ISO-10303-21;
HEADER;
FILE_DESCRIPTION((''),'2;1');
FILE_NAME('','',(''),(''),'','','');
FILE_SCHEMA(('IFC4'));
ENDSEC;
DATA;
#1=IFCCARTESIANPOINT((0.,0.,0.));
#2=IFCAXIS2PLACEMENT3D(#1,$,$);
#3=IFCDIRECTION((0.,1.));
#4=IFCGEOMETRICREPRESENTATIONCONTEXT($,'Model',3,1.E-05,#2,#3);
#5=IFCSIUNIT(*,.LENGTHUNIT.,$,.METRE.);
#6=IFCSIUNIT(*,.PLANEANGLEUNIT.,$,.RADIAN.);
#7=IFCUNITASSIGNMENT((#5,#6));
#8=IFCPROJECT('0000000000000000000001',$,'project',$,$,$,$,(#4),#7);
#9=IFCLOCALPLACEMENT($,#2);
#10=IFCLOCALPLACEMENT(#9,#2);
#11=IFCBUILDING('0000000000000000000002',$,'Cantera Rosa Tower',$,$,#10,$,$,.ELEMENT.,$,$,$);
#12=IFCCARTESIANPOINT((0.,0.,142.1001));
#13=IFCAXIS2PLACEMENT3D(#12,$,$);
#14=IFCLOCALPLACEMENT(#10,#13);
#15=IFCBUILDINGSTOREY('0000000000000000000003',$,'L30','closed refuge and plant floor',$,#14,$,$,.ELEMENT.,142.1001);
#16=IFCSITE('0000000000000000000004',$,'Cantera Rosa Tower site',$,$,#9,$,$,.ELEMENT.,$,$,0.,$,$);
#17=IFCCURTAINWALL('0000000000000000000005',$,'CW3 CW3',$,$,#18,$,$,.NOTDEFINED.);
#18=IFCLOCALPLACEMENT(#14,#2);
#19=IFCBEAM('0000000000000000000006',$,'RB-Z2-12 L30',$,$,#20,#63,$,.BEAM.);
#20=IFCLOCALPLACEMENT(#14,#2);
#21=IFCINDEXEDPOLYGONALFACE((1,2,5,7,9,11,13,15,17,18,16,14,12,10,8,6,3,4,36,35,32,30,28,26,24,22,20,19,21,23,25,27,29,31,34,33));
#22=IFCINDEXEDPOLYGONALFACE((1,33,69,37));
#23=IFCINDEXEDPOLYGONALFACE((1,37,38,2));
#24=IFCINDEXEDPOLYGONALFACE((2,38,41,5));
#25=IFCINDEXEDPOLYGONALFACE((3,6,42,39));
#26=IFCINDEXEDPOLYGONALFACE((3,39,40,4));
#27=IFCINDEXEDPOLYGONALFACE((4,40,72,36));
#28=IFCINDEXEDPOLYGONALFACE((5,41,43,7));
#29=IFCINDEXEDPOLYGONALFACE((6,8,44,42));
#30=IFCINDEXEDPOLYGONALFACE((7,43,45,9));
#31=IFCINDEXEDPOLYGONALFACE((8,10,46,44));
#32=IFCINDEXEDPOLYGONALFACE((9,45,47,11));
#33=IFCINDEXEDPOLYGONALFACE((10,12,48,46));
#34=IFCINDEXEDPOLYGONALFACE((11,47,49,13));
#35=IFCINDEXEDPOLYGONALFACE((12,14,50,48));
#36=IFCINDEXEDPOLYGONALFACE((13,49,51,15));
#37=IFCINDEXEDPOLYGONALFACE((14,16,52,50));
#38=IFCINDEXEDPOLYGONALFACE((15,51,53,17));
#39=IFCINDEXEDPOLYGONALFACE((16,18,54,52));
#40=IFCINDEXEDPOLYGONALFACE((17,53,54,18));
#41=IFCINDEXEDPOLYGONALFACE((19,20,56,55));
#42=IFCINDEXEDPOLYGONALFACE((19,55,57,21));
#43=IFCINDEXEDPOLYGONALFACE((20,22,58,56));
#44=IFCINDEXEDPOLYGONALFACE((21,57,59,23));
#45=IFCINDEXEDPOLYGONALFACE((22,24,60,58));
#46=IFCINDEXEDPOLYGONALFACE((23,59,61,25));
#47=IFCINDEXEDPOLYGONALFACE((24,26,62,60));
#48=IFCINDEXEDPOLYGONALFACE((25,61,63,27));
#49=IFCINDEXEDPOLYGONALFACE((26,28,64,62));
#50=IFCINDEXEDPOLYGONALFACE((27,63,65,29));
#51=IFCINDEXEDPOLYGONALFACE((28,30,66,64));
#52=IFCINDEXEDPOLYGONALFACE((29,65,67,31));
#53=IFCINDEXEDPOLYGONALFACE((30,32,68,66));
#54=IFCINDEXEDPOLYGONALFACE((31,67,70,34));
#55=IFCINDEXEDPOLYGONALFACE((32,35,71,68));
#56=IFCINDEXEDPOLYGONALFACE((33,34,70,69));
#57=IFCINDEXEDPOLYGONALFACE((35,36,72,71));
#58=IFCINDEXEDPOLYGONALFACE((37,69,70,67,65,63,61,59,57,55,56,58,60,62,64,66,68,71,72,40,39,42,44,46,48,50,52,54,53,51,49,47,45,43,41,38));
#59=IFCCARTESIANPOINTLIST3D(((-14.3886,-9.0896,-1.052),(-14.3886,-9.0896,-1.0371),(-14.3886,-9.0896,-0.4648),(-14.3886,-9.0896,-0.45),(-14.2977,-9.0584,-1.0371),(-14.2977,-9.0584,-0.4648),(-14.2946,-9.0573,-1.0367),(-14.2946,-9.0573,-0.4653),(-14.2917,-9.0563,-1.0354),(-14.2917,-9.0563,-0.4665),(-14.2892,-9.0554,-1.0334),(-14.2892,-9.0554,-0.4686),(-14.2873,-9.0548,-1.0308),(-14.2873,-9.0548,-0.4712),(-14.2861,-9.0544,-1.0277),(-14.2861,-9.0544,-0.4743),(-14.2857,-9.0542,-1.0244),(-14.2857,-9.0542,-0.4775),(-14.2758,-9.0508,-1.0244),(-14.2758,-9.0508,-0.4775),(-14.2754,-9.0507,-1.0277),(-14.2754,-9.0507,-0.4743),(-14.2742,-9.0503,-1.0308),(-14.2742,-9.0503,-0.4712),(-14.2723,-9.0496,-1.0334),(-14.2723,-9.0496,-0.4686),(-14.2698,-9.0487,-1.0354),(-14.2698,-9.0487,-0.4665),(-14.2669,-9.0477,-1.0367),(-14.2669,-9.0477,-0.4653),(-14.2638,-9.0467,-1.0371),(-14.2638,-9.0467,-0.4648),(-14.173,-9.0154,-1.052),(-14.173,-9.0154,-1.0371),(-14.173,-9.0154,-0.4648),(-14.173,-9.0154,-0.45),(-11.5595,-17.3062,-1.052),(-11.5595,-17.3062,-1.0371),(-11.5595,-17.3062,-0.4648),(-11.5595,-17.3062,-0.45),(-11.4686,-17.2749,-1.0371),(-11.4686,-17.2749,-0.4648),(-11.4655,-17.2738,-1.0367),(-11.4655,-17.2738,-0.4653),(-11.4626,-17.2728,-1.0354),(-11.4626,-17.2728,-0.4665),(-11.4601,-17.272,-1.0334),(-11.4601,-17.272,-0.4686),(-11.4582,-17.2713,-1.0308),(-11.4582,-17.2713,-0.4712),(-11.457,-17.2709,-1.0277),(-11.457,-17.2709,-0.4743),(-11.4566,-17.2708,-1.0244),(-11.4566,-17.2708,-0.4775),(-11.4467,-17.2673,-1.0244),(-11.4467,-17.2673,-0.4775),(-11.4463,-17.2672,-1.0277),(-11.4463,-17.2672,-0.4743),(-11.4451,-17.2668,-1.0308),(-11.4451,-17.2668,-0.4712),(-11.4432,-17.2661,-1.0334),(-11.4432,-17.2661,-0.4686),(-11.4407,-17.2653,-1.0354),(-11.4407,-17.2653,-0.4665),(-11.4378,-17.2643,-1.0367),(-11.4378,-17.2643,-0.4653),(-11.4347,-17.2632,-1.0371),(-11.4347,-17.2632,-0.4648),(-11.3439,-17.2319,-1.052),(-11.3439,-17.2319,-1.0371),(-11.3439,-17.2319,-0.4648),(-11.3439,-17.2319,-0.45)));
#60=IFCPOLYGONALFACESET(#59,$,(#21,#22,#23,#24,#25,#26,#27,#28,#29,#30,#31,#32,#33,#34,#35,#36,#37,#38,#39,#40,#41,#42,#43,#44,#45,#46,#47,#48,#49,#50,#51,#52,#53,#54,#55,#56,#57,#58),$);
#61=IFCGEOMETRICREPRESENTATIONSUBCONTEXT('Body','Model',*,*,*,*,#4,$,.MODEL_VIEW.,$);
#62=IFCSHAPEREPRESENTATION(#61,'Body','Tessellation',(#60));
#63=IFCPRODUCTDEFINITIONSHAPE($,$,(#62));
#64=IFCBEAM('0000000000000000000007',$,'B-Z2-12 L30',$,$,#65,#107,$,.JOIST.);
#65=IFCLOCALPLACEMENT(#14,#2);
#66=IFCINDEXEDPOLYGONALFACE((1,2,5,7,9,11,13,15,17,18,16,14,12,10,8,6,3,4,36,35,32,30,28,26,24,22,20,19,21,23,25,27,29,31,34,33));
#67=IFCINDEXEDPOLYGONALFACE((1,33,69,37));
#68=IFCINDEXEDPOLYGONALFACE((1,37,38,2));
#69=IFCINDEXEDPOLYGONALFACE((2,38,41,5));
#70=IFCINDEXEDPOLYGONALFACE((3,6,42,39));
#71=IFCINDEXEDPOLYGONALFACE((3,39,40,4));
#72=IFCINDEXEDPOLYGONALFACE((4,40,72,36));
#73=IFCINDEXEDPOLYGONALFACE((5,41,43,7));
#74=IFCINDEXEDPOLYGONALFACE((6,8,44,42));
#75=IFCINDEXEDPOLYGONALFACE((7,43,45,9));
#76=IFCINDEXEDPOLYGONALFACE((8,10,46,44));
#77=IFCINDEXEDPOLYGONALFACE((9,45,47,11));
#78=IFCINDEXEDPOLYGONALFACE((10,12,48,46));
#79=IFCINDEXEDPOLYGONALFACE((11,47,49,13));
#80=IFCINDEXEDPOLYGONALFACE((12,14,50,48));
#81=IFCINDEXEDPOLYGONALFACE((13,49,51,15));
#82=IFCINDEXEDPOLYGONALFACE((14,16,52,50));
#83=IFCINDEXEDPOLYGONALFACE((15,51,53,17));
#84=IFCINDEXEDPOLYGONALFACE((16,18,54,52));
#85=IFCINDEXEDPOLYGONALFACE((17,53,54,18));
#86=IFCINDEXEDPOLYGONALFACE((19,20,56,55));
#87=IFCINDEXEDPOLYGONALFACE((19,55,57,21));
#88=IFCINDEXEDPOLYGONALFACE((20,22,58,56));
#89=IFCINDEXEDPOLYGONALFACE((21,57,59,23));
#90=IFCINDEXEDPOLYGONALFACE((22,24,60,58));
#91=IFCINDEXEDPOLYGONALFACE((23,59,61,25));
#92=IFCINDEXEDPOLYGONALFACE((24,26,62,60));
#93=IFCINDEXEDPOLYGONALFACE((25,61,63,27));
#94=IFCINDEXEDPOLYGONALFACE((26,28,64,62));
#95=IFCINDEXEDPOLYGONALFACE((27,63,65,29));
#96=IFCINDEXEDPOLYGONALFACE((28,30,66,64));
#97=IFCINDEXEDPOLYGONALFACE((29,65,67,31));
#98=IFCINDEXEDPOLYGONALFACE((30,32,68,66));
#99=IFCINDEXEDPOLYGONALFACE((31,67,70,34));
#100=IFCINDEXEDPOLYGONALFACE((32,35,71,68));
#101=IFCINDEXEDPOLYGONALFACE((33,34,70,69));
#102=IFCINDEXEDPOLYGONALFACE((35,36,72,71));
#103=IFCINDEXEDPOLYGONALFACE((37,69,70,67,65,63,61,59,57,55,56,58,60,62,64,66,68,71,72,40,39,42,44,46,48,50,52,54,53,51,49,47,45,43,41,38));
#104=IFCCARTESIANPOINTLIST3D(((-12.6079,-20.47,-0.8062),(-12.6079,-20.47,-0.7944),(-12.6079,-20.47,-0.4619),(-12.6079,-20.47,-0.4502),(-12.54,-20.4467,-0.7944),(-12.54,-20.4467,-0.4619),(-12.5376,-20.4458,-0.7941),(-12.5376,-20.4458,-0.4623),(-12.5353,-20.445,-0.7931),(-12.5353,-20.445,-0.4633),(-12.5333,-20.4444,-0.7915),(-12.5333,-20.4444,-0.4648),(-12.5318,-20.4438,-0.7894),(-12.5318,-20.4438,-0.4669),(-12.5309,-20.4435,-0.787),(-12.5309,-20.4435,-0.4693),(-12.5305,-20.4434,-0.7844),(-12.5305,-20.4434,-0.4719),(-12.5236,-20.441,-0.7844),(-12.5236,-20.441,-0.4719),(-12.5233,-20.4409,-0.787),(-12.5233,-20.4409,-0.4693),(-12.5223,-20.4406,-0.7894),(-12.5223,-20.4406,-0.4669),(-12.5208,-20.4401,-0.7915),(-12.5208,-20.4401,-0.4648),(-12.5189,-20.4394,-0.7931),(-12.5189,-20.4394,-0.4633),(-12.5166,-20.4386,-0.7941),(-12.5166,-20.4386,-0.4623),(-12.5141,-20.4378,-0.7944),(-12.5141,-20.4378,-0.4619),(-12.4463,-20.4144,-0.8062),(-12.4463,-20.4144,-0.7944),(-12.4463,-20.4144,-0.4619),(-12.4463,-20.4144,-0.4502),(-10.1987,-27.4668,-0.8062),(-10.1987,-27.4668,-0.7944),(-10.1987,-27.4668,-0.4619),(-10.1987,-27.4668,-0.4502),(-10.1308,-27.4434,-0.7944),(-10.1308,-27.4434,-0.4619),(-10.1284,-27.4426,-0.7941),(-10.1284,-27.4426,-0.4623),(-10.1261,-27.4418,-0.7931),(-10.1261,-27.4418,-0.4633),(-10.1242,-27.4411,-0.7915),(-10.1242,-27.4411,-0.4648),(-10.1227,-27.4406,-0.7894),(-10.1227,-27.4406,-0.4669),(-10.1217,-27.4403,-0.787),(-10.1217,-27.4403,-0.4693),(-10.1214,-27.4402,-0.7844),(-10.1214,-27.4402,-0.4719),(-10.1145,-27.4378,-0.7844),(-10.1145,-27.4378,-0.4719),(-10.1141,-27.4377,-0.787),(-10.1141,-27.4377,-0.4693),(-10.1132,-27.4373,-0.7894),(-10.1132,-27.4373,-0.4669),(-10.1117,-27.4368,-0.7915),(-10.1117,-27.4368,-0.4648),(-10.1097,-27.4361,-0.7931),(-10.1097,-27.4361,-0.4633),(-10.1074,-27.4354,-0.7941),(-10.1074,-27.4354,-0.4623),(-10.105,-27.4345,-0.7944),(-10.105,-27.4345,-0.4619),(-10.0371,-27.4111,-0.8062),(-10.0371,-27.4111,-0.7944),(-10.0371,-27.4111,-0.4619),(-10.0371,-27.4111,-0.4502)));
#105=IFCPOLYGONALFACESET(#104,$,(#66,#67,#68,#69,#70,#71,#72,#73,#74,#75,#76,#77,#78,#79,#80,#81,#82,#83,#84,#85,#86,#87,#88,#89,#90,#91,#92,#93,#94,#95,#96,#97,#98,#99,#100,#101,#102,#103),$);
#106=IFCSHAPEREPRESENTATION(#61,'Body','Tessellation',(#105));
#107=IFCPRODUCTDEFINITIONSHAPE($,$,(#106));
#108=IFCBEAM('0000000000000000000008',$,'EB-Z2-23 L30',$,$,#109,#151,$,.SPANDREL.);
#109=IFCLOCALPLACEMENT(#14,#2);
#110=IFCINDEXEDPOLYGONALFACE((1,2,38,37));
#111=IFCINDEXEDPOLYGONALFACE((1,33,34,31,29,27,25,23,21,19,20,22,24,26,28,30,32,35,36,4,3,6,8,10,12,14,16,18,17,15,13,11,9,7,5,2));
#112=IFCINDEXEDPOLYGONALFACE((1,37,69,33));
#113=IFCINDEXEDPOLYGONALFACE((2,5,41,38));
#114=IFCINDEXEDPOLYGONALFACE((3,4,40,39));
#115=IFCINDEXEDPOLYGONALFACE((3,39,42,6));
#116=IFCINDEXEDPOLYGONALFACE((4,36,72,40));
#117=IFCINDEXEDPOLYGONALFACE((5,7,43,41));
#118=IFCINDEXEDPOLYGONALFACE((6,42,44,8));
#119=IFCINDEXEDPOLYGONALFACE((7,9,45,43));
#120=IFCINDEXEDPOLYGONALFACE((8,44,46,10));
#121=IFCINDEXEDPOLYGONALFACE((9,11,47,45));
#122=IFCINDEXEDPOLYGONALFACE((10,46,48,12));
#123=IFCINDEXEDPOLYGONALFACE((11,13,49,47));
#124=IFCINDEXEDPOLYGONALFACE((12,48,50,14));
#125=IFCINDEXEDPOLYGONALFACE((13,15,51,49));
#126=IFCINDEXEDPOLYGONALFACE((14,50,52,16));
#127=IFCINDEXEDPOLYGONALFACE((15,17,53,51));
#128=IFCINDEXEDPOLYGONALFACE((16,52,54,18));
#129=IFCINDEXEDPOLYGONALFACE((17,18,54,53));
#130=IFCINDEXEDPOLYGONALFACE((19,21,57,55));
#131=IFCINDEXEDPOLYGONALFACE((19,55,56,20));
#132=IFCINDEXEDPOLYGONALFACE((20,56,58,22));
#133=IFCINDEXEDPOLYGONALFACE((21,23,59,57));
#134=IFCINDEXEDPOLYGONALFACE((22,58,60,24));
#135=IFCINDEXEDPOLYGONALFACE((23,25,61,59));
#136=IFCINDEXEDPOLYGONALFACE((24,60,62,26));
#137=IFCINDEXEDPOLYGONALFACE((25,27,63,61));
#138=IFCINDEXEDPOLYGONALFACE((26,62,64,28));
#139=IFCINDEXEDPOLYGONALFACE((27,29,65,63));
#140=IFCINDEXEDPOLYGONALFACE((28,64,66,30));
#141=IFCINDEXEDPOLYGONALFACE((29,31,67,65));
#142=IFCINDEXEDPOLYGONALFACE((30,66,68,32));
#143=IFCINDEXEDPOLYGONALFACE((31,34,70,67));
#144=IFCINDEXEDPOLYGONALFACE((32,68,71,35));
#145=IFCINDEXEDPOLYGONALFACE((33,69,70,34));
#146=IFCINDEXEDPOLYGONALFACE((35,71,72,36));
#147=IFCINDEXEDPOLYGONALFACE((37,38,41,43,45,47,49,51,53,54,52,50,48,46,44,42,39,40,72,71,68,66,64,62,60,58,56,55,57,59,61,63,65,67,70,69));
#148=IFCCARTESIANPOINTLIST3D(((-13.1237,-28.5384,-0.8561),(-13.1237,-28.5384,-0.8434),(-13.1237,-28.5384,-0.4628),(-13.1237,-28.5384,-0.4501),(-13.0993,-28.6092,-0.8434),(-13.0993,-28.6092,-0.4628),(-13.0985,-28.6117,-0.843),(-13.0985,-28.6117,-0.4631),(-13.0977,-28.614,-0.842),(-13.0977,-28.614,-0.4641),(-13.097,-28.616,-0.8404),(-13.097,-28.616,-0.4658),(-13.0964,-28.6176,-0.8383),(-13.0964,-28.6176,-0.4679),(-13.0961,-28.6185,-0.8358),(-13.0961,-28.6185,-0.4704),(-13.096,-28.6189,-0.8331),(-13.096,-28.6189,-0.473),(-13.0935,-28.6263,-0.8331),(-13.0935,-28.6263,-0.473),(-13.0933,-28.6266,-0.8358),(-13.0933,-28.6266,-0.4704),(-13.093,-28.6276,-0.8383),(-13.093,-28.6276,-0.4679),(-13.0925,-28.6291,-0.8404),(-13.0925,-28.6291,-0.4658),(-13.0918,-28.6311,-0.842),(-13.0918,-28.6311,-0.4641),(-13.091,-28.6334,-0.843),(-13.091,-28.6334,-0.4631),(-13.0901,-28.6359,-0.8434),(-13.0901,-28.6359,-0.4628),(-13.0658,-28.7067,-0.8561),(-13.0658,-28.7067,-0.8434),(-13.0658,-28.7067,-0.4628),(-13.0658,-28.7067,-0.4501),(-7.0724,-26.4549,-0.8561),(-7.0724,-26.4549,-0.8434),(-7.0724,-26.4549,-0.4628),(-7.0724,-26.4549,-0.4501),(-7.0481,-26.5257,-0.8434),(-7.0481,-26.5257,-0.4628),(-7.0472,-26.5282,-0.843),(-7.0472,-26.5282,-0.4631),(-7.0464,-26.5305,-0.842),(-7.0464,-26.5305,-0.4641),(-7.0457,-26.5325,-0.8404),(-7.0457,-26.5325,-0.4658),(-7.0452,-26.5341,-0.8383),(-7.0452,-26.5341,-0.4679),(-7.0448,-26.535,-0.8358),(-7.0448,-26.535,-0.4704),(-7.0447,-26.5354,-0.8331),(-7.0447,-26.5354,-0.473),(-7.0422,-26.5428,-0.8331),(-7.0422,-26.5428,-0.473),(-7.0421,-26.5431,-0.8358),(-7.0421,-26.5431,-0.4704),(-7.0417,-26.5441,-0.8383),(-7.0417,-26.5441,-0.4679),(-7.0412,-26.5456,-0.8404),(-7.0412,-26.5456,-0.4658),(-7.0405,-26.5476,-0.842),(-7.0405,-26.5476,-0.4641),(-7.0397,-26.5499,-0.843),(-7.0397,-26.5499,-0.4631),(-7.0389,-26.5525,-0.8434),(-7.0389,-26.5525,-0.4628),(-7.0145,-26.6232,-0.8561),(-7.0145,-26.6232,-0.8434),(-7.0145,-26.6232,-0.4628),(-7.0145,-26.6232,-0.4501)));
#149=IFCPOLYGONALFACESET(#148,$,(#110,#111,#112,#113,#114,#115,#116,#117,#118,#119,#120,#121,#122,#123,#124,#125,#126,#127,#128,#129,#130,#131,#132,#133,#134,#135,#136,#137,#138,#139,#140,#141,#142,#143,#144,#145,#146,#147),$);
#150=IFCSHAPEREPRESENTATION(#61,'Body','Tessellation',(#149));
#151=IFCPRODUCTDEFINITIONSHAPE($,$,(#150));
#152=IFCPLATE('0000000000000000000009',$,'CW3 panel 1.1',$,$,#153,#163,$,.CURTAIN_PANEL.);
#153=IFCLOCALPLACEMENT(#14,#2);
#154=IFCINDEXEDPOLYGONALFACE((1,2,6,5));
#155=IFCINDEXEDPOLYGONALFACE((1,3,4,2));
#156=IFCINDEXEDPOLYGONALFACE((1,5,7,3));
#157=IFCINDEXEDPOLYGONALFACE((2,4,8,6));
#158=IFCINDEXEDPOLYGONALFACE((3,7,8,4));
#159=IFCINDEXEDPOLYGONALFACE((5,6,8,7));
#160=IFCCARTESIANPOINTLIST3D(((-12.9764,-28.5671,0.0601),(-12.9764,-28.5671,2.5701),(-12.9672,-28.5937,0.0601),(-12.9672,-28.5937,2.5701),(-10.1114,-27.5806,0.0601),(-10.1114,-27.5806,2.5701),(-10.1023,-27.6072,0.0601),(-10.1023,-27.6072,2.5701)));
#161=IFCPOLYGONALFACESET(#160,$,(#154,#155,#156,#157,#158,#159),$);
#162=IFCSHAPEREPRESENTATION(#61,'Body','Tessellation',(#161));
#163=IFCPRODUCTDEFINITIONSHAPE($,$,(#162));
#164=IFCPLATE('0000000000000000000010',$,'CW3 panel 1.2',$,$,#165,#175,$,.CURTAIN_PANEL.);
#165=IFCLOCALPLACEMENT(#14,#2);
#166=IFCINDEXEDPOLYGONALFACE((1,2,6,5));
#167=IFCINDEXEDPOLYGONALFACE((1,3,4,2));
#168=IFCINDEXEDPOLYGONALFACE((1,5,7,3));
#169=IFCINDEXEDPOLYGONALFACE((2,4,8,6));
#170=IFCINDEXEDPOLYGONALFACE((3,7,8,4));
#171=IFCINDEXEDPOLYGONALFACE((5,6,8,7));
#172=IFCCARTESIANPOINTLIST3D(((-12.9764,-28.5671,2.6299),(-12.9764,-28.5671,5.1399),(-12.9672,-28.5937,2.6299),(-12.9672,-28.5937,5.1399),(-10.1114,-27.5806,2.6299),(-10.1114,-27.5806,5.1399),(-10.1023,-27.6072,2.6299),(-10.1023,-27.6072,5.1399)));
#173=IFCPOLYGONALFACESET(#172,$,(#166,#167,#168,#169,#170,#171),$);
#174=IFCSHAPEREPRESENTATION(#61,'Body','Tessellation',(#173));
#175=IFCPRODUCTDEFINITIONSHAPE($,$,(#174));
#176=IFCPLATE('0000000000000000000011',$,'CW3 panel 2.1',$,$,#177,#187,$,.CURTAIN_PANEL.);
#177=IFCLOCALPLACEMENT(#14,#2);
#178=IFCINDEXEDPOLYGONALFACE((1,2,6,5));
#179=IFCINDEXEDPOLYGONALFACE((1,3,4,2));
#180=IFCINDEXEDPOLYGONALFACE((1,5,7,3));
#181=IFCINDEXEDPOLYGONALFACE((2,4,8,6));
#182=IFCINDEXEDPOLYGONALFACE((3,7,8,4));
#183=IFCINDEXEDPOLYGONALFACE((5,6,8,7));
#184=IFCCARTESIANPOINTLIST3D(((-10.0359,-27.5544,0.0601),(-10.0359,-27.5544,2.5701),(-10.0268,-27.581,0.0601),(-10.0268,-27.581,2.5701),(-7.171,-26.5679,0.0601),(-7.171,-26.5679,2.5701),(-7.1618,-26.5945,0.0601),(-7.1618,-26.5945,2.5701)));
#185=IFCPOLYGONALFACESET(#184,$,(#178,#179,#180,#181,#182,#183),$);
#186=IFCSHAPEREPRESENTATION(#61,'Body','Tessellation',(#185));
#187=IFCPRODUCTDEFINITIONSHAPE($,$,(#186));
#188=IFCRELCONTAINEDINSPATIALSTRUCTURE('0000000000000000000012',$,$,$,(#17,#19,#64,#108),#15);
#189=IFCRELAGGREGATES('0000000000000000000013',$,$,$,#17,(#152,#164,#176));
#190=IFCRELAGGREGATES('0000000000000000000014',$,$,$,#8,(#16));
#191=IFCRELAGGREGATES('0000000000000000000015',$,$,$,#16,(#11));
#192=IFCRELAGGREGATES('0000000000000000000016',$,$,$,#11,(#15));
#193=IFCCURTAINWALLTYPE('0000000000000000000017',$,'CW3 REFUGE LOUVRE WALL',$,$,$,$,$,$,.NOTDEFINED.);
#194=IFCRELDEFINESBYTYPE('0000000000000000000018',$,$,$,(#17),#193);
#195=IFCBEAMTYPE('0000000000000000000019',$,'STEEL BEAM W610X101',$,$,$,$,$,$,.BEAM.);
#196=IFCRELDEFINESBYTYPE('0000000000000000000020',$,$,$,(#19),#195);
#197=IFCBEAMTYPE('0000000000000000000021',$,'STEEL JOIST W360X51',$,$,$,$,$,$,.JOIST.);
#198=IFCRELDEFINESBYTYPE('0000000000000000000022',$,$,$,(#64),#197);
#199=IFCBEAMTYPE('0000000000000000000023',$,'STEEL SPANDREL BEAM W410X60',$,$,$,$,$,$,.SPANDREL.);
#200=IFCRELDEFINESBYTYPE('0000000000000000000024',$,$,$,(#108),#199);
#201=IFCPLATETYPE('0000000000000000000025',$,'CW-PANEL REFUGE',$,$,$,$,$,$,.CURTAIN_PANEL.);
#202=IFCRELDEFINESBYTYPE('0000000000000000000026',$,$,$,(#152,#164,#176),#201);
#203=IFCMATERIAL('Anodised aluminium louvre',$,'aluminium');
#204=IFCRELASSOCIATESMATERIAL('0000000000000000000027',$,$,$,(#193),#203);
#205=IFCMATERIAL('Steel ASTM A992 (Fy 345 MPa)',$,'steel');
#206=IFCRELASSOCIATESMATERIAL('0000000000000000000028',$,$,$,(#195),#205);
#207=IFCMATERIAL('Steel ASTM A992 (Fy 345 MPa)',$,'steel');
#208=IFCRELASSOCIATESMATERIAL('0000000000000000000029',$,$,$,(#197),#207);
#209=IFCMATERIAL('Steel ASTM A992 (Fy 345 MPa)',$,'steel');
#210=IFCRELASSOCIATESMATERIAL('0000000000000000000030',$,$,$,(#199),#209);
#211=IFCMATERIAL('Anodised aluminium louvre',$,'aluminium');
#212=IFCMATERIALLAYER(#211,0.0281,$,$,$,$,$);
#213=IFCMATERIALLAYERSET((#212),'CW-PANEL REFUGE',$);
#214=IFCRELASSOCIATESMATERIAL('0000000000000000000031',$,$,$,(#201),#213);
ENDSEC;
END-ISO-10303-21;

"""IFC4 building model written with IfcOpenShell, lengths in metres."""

from ifc_helpers import new_model, si_unit, direction, frame, origin, origin_2d, place, context, subcontext, project, spatial, rectangle, i_section, extrude, material, layer, layer_set, material_profile, profile_set, type_object, element, aggregate, save


model = new_model("IFC4")

# Units and contexts
model_context = context("Model", 3, precision=1e-05, world=origin(), true_north=direction((0.0, 1.0)))
body_context = subcontext(model_context, "Body", "Model", "MODEL_VIEW")
ifc_project = project(units=[si_unit("LENGTHUNIT", "METRE"), si_unit("PLANEANGLEUNIT", "RADIAN")], contexts=[model_context])

# Site, building, storey
site_placement = place(None, origin())
site = spatial("IfcSite", under=ifc_project, at=site_placement, Name="Cantera Rosa Tower site", CompositionType="ELEMENT", RefElevation=0.0)
building_placement = place(site_placement, origin())
building = spatial("IfcBuilding", under=site, at=building_placement, Name="Cantera Rosa Tower", CompositionType="ELEMENT")
storey_placement = place(building_placement, frame((0.0, 0.0, 142.1001)))
storey = spatial("IfcBuildingStorey", under=building, at=storey_placement, Name="L30", Description="closed refuge and plant floor", CompositionType="ELEMENT", Elevation=142.1001)

# Curtain wall
ifc_material_1 = material(Name="Anodised aluminium louvre", Category="aluminium")
curtain_wall_type = type_object("IfcCurtainWallType", Name="CW3 REFUGE LOUVRE WALL", PredefinedType="NOTDEFINED", material=ifc_material_1)
curtain_wall_placement = place(storey_placement, origin())
curtain_wall = element("IfcCurtainWall", 1, at=curtain_wall_placement, inside=storey, type_object=curtain_wall_type, Name="CW3 CW3", PredefinedType="NOTDEFINED")

# Beams
ifc_material_2 = material(Name="Steel ASTM A992 (Fy 345 MPa)", Category="steel")
ifc_material_profile_1 = material_profile(ifc_material_2, i_section(OverallWidth=0.228, OverallDepth=0.6021, WebThickness=0.0105, FlangeThickness=0.0149, FilletRadius=0.0127, at=origin_2d()), Name="W610X101")
ifc_profile_set_1 = profile_set([ifc_material_profile_1], Name="Steel ASTM A992 (Fy 345 MPa)")
beam_type_1 = type_object("IfcBeamType", Name="STEEL BEAM W610X101", PredefinedType="BEAM", material=ifc_profile_set_1)
beam_1_placement = place(storey_placement, frame((-11.4517, -17.269, -0.751), z_axis=(-0.325559, 0.945522, 0.0), x_axis=(-0.945522, -0.325559, 0.0)))
element("IfcBeam", 2, at=beam_1_placement, inside=storey, type_object=beam_type_1, Name="RB-Z2-12 L30", PredefinedType="BEAM", context=body_context, shape_type="SweptSolid", body=[
    extrude(i_section(OverallWidth=0.228, OverallDepth=0.6021, WebThickness=0.0105, FlangeThickness=0.0149, FilletRadius=0.0127, at=origin_2d()), origin(), (0.0, 0.0, 1.0), 8.6899),
])
ifc_material_3 = material(Name="Steel ASTM A992 (Fy 345 MPa)", Category="steel")
ifc_material_profile_2 = material_profile(ifc_material_3, i_section(OverallWidth=0.1709, OverallDepth=0.356, WebThickness=0.0073, FlangeThickness=0.0117, FilletRadius=0.01, at=origin_2d()), Name="W360X51")
ifc_profile_set_2 = profile_set([ifc_material_profile_2], Name="Steel ASTM A992 (Fy 345 MPa)")
beam_type_2 = type_object("IfcBeamType", Name="STEEL JOIST W360X51", PredefinedType="JOIST", material=ifc_profile_set_2)
beam_2_placement = place(storey_placement, frame((-10.1179, -27.439, -0.6282), z_axis=(-0.325566, 0.945519, 0.0), x_axis=(-0.945519, -0.325566, 0.0)))
element("IfcBeam", 3, at=beam_2_placement, inside=storey, type_object=beam_type_2, Name="B-Z2-12 L30", PredefinedType="JOIST", context=body_context, shape_type="SweptSolid", body=[
    extrude(i_section(OverallWidth=0.1709, OverallDepth=0.356, WebThickness=0.0073, FlangeThickness=0.0117, FilletRadius=0.01, at=origin_2d()), origin(), (0.0, 0.0, 1.0), 7.3999),
])
ifc_material_4 = material(Name="Steel ASTM A992 (Fy 345 MPa)", Category="steel")
ifc_material_profile_3 = material_profile(ifc_material_4, i_section(OverallWidth=0.178, OverallDepth=0.406, WebThickness=0.0078, FlangeThickness=0.0127, FilletRadius=0.0103, at=origin_2d()), Name="W410X60")
ifc_profile_set_3 = profile_set([ifc_material_profile_3], Name="Steel ASTM A992 (Fy 345 MPa)")
beam_type_3 = type_object("IfcBeamType", Name="STEEL SPANDREL BEAM W410X60", PredefinedType="SPANDREL", material=ifc_profile_set_3)
beam_3_placement = place(storey_placement, frame((-13.0947, -28.6226, -0.6531), z_axis=(0.945524, 0.325551, 0.0), x_axis=(-0.325551, 0.945524, 0.0)))
element("IfcBeam", 4, at=beam_3_placement, inside=storey, type_object=beam_type_3, Name="EB-Z2-23 L30", PredefinedType="SPANDREL", context=body_context, shape_type="SweptSolid", body=[
    extrude(i_section(OverallWidth=0.178, OverallDepth=0.406, WebThickness=0.0078, FlangeThickness=0.0127, FilletRadius=0.0103, at=origin_2d()), origin(), (0.0, 0.0, 1.0), 6.3999),
])

# Plates
ifc_material_5 = material(Name="Anodised aluminium louvre", Category="aluminium")
ifc_layer_1 = layer(ifc_material_5, 0.0281)
ifc_layer_set_1 = layer_set([ifc_layer_1], Name="CW-PANEL REFUGE")
plate_type = type_object("IfcPlateType", Name="CW-PANEL REFUGE", PredefinedType="CURTAIN_PANEL", material=ifc_layer_set_1)
plate_1_placement = place(storey_placement, frame((-11.5393, -28.0872, 0.0601), z_axis=(0.0, 0.0, 1.0), x_axis=(0.945519, 0.325568, 0.0)))
plate_1 = element("IfcPlate", 5, at=plate_1_placement, type_object=plate_type, Name="CW3 panel 1.1", PredefinedType="CURTAIN_PANEL", context=body_context, shape_type="SweptSolid", body=[
    extrude(rectangle(XDim=3.03, YDim=0.0281, at=origin_2d()), origin(), (0.0, 0.0, 1.0), 2.51),
])
plate_2_placement = place(storey_placement, frame((-11.5393, -28.0872, 2.6299), z_axis=(0.0, 0.0, 1.0), x_axis=(0.945519, 0.325568, 0.0)))
plate_2 = element("IfcPlate", 6, at=plate_2_placement, type_object=plate_type, Name="CW3 panel 1.2", PredefinedType="CURTAIN_PANEL", context=body_context, shape_type="SweptSolid", body=[
    extrude(rectangle(XDim=3.03, YDim=0.0281, at=origin_2d()), origin(), (0.0, 0.0, 1.0), 2.51),
])
plate_3_placement = place(storey_placement, frame((-8.5989, -27.0745, 0.0601), z_axis=(0.0, 0.0, 1.0), x_axis=(0.945519, 0.325568, 0.0)))
plate_3 = element("IfcPlate", 7, at=plate_3_placement, type_object=plate_type, Name="CW3 panel 2.1", PredefinedType="CURTAIN_PANEL", context=body_context, shape_type="SweptSolid", body=[
    extrude(rectangle(XDim=3.03, YDim=0.0281, at=origin_2d()), origin(), (0.0, 0.0, 1.0), 2.51),
])
aggregate(curtain_wall, [plate_1, plate_2, plate_3])

save(model, "model.ifc")
